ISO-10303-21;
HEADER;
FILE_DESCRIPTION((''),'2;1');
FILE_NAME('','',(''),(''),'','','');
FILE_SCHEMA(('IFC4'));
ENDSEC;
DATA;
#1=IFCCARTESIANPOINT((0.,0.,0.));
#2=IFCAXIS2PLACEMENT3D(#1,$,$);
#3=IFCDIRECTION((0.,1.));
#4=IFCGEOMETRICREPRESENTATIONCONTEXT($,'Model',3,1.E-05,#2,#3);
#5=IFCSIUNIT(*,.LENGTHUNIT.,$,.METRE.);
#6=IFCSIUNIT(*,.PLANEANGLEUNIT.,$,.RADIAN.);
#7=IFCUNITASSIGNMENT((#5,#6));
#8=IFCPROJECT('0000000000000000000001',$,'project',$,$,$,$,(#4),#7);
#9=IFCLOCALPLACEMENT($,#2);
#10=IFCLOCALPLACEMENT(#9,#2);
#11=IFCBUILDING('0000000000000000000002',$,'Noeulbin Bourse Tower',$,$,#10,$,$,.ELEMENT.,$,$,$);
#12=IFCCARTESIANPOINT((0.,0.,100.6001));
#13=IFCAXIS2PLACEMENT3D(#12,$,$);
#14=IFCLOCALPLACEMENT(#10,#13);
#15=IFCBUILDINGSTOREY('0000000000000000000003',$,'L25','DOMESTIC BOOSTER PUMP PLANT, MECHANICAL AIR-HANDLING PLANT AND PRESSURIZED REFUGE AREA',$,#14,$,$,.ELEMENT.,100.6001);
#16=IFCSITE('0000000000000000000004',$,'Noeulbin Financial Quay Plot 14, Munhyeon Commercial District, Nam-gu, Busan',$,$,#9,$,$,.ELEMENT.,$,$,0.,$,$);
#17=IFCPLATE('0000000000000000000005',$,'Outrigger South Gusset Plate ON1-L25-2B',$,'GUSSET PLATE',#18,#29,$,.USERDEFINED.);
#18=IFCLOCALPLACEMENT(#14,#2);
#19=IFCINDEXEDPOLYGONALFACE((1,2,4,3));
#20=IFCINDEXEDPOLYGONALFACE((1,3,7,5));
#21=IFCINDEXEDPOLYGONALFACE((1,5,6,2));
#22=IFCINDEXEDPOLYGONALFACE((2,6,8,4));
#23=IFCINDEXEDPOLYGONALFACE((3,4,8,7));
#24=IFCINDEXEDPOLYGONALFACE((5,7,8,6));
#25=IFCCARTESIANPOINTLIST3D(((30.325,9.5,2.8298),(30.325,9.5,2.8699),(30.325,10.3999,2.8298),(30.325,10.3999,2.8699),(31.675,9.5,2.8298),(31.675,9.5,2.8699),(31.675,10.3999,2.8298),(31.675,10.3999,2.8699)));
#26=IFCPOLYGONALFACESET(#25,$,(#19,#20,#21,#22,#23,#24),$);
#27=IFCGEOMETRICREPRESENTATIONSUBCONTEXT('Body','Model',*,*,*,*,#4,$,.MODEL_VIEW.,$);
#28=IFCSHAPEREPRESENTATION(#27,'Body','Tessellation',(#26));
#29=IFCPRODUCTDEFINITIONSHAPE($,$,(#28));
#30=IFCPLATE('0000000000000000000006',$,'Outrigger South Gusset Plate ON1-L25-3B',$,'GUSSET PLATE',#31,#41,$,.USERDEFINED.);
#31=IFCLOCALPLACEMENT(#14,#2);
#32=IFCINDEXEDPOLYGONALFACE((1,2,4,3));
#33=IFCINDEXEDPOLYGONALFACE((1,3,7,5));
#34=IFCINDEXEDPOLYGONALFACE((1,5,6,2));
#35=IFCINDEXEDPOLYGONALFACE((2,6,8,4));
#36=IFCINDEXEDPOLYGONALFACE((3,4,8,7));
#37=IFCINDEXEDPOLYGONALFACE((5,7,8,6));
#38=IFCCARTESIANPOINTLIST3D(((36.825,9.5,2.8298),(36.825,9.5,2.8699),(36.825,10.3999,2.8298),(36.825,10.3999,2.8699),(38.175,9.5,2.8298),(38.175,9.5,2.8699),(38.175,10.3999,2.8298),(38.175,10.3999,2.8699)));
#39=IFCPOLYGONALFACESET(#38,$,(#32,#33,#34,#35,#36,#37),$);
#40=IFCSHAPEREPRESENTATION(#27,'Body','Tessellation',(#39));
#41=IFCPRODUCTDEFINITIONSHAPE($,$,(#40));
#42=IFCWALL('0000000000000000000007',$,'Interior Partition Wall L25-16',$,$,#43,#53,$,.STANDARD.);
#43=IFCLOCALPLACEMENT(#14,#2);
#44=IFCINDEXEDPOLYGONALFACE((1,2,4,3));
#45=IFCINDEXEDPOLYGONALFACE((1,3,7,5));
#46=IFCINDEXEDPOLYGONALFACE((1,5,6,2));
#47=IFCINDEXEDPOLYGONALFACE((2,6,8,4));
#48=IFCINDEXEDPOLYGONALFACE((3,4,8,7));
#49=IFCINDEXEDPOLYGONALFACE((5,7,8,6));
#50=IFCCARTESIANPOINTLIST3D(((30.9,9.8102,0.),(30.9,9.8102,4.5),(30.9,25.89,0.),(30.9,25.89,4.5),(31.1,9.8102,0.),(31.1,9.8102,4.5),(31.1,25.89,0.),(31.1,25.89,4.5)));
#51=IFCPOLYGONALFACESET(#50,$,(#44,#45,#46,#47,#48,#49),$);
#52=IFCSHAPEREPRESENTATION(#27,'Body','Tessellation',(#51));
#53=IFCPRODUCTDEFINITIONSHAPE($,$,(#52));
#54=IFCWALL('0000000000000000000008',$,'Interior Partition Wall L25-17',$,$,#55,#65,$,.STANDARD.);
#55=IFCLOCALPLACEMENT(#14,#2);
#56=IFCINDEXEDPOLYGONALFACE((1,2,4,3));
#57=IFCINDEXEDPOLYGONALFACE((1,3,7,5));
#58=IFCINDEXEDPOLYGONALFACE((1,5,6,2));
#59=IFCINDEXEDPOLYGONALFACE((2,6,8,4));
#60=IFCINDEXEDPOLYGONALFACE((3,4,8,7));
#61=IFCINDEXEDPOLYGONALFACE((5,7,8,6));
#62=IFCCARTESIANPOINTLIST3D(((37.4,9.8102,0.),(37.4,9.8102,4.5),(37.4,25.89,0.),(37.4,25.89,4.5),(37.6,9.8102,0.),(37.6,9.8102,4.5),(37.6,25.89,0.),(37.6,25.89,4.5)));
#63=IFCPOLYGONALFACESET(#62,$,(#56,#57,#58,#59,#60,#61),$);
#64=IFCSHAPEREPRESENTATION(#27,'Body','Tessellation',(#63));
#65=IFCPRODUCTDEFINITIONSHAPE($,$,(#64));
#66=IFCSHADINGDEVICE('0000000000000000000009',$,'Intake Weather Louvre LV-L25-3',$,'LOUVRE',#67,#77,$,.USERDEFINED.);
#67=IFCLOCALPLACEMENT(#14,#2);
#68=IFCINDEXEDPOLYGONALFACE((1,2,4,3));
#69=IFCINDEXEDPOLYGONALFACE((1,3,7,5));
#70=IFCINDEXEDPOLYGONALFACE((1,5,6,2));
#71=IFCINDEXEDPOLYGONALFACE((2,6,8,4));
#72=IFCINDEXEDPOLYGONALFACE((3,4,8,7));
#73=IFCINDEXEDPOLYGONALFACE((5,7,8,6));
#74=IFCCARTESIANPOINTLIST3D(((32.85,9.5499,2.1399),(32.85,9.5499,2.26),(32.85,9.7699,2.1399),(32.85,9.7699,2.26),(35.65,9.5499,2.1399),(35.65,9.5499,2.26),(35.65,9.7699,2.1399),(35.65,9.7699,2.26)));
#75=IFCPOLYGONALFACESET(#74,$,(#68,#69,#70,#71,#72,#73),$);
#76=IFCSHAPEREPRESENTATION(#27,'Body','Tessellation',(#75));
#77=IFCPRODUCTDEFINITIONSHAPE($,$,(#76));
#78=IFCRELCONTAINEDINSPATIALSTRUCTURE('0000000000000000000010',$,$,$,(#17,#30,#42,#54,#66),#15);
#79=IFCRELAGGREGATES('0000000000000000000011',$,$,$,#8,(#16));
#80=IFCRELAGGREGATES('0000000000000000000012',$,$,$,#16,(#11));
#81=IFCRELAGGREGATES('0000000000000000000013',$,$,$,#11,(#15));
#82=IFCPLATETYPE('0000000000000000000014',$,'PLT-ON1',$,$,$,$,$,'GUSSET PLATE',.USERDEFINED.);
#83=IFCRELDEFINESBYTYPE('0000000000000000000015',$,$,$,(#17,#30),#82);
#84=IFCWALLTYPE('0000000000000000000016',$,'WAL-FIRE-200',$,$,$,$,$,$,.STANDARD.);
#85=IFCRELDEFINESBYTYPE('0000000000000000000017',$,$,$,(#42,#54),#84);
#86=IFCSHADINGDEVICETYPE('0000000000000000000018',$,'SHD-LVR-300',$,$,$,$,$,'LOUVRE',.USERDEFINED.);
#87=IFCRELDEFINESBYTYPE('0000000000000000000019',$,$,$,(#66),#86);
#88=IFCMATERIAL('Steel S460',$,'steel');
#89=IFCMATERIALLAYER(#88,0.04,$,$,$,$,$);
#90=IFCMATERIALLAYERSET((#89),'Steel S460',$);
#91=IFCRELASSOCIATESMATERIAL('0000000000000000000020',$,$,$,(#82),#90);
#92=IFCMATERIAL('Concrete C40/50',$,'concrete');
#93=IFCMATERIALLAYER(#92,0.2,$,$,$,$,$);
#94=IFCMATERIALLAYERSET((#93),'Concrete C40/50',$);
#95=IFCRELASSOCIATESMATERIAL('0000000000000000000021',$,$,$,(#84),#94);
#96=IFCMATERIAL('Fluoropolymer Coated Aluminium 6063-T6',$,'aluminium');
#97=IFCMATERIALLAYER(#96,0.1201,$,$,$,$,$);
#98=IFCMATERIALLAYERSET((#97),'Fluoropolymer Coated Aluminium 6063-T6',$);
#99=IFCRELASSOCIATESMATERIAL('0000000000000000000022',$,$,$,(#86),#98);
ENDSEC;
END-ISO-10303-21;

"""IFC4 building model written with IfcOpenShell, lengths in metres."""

from ifc_helpers import new_model, si_unit, direction, frame, frame_2d, origin, origin_2d, place, context, subcontext, project, spatial, rectangle, extrude, material, layer, layer_set, type_object, element, save


model = new_model("IFC4")

# Units and contexts
model_context = context("Model", 3, precision=1e-05, world=origin(), true_north=direction((0.0, 1.0)))
body_context = subcontext(model_context, "Body", "Model", "MODEL_VIEW")
ifc_project = project(units=[si_unit("LENGTHUNIT", "METRE"), si_unit("PLANEANGLEUNIT", "RADIAN")], contexts=[model_context])

# Site, building, storey
site_placement = place(None, origin())
site = spatial("IfcSite", under=ifc_project, at=site_placement, Name="Noeulbin Financial Quay Plot 14, Munhyeon Commercial District, Nam-gu, Busan", CompositionType="ELEMENT", RefElevation=0.0)
building_placement = place(site_placement, origin())
building = spatial("IfcBuilding", under=site, at=building_placement, Name="Noeulbin Bourse Tower", CompositionType="ELEMENT")
storey_placement = place(building_placement, frame((0.0, 0.0, 100.6001)))
storey = spatial("IfcBuildingStorey", under=building, at=storey_placement, Name="L25", Description="DOMESTIC BOOSTER PUMP PLANT, MECHANICAL AIR-HANDLING PLANT AND PRESSURIZED REFUGE AREA", CompositionType="ELEMENT", Elevation=100.6001)

# Shared definitions
ifc_material_1 = material(Name="Steel S460", Category="steel")

# Plates
ifc_layer_1 = layer(ifc_material_1, 0.04)
ifc_layer_set_1 = layer_set([ifc_layer_1], Name="Steel S460")
plate_type_1 = type_object("IfcPlateType", Name="PLT-ON1", ElementType="GUSSET PLATE", PredefinedType="USERDEFINED", material=ifc_layer_set_1)
for number, where, z_axis, x_axis, name in (
    (1, (31.0, 9.95, 2.8298), (0.0, 0.0, 1.0), (1.0, 0.0, 0.0), "Outrigger South Gusset Plate ON1-L25-2B"),
    (2, (37.5, 9.95, 2.8298), (0.0, 0.0, 1.0), (1.0, 0.0, 0.0), "Outrigger South Gusset Plate ON1-L25-3B"),
):
    element("IfcPlate", number, at=place(storey_placement, frame(where, z_axis=z_axis, x_axis=x_axis)), inside=storey, type_object=plate_type_1, Name=name, ObjectType="GUSSET PLATE", PredefinedType="USERDEFINED", context=body_context, shape_type="SweptSolid", body=[
        extrude(rectangle(XDim=1.3501, YDim=0.8999, at=origin_2d()), origin(), (0.0, 0.0, 1.0), 0.04),
    ])

# Walls
ifc_material_2 = material(Name="Concrete C40/50", Category="concrete")
ifc_layer_2 = layer(ifc_material_2, 0.2)
ifc_layer_set_2 = layer_set([ifc_layer_2], Name="Concrete C40/50")
wall_type = type_object("IfcWallType", Name="WAL-FIRE-200", PredefinedType="STANDARD", material=ifc_layer_set_2)
for number, where, z_axis, x_axis, name in (
    (3, (31.0, 9.8101, 0.0), (0.0, 0.0, 1.0), (0.0, 1.0, 0.0), "Interior Partition Wall L25-16"),
    (4, (37.5, 9.8101, 0.0), (0.0, 0.0, 1.0), (0.0, 1.0, 0.0), "Interior Partition Wall L25-17"),
):
    element("IfcWall", number, at=place(storey_placement, frame(where, z_axis=z_axis, x_axis=x_axis)), inside=storey, type_object=wall_type, Name=name, PredefinedType="STANDARD", context=body_context, shape_type="SweptSolid", body=[
        extrude(rectangle(XDim=16.0798, YDim=0.2, at=frame_2d((8.04, 0.0))), origin(), (0.0, 0.0, 1.0), 4.5),
    ])

# Shading device
ifc_material_3 = material(Name="Fluoropolymer Coated Aluminium 6063-T6", Category="aluminium")
ifc_layer_3 = layer(ifc_material_3, 0.1201)
ifc_layer_set_3 = layer_set([ifc_layer_3], Name="Fluoropolymer Coated Aluminium 6063-T6")
shading_device_type = type_object("IfcShadingDeviceType", Name="SHD-LVR-300", ElementType="LOUVRE", PredefinedType="USERDEFINED", material=ifc_layer_set_3)
shading_device_placement = place(storey_placement, frame((34.25, 9.6599, 2.1399), z_axis=(0.0, 0.0, 1.0), x_axis=(1.0, 0.0, 0.0)))
element("IfcShadingDevice", 5, at=shading_device_placement, inside=storey, type_object=shading_device_type, Name="Intake Weather Louvre LV-L25-3", ObjectType="LOUVRE", PredefinedType="USERDEFINED", context=body_context, shape_type="SweptSolid", body=[
    extrude(rectangle(XDim=2.8, YDim=0.22, at=origin_2d()), origin(), (0.0, 0.0, 1.0), 0.1201),
])

save(model, "model.ifc")
